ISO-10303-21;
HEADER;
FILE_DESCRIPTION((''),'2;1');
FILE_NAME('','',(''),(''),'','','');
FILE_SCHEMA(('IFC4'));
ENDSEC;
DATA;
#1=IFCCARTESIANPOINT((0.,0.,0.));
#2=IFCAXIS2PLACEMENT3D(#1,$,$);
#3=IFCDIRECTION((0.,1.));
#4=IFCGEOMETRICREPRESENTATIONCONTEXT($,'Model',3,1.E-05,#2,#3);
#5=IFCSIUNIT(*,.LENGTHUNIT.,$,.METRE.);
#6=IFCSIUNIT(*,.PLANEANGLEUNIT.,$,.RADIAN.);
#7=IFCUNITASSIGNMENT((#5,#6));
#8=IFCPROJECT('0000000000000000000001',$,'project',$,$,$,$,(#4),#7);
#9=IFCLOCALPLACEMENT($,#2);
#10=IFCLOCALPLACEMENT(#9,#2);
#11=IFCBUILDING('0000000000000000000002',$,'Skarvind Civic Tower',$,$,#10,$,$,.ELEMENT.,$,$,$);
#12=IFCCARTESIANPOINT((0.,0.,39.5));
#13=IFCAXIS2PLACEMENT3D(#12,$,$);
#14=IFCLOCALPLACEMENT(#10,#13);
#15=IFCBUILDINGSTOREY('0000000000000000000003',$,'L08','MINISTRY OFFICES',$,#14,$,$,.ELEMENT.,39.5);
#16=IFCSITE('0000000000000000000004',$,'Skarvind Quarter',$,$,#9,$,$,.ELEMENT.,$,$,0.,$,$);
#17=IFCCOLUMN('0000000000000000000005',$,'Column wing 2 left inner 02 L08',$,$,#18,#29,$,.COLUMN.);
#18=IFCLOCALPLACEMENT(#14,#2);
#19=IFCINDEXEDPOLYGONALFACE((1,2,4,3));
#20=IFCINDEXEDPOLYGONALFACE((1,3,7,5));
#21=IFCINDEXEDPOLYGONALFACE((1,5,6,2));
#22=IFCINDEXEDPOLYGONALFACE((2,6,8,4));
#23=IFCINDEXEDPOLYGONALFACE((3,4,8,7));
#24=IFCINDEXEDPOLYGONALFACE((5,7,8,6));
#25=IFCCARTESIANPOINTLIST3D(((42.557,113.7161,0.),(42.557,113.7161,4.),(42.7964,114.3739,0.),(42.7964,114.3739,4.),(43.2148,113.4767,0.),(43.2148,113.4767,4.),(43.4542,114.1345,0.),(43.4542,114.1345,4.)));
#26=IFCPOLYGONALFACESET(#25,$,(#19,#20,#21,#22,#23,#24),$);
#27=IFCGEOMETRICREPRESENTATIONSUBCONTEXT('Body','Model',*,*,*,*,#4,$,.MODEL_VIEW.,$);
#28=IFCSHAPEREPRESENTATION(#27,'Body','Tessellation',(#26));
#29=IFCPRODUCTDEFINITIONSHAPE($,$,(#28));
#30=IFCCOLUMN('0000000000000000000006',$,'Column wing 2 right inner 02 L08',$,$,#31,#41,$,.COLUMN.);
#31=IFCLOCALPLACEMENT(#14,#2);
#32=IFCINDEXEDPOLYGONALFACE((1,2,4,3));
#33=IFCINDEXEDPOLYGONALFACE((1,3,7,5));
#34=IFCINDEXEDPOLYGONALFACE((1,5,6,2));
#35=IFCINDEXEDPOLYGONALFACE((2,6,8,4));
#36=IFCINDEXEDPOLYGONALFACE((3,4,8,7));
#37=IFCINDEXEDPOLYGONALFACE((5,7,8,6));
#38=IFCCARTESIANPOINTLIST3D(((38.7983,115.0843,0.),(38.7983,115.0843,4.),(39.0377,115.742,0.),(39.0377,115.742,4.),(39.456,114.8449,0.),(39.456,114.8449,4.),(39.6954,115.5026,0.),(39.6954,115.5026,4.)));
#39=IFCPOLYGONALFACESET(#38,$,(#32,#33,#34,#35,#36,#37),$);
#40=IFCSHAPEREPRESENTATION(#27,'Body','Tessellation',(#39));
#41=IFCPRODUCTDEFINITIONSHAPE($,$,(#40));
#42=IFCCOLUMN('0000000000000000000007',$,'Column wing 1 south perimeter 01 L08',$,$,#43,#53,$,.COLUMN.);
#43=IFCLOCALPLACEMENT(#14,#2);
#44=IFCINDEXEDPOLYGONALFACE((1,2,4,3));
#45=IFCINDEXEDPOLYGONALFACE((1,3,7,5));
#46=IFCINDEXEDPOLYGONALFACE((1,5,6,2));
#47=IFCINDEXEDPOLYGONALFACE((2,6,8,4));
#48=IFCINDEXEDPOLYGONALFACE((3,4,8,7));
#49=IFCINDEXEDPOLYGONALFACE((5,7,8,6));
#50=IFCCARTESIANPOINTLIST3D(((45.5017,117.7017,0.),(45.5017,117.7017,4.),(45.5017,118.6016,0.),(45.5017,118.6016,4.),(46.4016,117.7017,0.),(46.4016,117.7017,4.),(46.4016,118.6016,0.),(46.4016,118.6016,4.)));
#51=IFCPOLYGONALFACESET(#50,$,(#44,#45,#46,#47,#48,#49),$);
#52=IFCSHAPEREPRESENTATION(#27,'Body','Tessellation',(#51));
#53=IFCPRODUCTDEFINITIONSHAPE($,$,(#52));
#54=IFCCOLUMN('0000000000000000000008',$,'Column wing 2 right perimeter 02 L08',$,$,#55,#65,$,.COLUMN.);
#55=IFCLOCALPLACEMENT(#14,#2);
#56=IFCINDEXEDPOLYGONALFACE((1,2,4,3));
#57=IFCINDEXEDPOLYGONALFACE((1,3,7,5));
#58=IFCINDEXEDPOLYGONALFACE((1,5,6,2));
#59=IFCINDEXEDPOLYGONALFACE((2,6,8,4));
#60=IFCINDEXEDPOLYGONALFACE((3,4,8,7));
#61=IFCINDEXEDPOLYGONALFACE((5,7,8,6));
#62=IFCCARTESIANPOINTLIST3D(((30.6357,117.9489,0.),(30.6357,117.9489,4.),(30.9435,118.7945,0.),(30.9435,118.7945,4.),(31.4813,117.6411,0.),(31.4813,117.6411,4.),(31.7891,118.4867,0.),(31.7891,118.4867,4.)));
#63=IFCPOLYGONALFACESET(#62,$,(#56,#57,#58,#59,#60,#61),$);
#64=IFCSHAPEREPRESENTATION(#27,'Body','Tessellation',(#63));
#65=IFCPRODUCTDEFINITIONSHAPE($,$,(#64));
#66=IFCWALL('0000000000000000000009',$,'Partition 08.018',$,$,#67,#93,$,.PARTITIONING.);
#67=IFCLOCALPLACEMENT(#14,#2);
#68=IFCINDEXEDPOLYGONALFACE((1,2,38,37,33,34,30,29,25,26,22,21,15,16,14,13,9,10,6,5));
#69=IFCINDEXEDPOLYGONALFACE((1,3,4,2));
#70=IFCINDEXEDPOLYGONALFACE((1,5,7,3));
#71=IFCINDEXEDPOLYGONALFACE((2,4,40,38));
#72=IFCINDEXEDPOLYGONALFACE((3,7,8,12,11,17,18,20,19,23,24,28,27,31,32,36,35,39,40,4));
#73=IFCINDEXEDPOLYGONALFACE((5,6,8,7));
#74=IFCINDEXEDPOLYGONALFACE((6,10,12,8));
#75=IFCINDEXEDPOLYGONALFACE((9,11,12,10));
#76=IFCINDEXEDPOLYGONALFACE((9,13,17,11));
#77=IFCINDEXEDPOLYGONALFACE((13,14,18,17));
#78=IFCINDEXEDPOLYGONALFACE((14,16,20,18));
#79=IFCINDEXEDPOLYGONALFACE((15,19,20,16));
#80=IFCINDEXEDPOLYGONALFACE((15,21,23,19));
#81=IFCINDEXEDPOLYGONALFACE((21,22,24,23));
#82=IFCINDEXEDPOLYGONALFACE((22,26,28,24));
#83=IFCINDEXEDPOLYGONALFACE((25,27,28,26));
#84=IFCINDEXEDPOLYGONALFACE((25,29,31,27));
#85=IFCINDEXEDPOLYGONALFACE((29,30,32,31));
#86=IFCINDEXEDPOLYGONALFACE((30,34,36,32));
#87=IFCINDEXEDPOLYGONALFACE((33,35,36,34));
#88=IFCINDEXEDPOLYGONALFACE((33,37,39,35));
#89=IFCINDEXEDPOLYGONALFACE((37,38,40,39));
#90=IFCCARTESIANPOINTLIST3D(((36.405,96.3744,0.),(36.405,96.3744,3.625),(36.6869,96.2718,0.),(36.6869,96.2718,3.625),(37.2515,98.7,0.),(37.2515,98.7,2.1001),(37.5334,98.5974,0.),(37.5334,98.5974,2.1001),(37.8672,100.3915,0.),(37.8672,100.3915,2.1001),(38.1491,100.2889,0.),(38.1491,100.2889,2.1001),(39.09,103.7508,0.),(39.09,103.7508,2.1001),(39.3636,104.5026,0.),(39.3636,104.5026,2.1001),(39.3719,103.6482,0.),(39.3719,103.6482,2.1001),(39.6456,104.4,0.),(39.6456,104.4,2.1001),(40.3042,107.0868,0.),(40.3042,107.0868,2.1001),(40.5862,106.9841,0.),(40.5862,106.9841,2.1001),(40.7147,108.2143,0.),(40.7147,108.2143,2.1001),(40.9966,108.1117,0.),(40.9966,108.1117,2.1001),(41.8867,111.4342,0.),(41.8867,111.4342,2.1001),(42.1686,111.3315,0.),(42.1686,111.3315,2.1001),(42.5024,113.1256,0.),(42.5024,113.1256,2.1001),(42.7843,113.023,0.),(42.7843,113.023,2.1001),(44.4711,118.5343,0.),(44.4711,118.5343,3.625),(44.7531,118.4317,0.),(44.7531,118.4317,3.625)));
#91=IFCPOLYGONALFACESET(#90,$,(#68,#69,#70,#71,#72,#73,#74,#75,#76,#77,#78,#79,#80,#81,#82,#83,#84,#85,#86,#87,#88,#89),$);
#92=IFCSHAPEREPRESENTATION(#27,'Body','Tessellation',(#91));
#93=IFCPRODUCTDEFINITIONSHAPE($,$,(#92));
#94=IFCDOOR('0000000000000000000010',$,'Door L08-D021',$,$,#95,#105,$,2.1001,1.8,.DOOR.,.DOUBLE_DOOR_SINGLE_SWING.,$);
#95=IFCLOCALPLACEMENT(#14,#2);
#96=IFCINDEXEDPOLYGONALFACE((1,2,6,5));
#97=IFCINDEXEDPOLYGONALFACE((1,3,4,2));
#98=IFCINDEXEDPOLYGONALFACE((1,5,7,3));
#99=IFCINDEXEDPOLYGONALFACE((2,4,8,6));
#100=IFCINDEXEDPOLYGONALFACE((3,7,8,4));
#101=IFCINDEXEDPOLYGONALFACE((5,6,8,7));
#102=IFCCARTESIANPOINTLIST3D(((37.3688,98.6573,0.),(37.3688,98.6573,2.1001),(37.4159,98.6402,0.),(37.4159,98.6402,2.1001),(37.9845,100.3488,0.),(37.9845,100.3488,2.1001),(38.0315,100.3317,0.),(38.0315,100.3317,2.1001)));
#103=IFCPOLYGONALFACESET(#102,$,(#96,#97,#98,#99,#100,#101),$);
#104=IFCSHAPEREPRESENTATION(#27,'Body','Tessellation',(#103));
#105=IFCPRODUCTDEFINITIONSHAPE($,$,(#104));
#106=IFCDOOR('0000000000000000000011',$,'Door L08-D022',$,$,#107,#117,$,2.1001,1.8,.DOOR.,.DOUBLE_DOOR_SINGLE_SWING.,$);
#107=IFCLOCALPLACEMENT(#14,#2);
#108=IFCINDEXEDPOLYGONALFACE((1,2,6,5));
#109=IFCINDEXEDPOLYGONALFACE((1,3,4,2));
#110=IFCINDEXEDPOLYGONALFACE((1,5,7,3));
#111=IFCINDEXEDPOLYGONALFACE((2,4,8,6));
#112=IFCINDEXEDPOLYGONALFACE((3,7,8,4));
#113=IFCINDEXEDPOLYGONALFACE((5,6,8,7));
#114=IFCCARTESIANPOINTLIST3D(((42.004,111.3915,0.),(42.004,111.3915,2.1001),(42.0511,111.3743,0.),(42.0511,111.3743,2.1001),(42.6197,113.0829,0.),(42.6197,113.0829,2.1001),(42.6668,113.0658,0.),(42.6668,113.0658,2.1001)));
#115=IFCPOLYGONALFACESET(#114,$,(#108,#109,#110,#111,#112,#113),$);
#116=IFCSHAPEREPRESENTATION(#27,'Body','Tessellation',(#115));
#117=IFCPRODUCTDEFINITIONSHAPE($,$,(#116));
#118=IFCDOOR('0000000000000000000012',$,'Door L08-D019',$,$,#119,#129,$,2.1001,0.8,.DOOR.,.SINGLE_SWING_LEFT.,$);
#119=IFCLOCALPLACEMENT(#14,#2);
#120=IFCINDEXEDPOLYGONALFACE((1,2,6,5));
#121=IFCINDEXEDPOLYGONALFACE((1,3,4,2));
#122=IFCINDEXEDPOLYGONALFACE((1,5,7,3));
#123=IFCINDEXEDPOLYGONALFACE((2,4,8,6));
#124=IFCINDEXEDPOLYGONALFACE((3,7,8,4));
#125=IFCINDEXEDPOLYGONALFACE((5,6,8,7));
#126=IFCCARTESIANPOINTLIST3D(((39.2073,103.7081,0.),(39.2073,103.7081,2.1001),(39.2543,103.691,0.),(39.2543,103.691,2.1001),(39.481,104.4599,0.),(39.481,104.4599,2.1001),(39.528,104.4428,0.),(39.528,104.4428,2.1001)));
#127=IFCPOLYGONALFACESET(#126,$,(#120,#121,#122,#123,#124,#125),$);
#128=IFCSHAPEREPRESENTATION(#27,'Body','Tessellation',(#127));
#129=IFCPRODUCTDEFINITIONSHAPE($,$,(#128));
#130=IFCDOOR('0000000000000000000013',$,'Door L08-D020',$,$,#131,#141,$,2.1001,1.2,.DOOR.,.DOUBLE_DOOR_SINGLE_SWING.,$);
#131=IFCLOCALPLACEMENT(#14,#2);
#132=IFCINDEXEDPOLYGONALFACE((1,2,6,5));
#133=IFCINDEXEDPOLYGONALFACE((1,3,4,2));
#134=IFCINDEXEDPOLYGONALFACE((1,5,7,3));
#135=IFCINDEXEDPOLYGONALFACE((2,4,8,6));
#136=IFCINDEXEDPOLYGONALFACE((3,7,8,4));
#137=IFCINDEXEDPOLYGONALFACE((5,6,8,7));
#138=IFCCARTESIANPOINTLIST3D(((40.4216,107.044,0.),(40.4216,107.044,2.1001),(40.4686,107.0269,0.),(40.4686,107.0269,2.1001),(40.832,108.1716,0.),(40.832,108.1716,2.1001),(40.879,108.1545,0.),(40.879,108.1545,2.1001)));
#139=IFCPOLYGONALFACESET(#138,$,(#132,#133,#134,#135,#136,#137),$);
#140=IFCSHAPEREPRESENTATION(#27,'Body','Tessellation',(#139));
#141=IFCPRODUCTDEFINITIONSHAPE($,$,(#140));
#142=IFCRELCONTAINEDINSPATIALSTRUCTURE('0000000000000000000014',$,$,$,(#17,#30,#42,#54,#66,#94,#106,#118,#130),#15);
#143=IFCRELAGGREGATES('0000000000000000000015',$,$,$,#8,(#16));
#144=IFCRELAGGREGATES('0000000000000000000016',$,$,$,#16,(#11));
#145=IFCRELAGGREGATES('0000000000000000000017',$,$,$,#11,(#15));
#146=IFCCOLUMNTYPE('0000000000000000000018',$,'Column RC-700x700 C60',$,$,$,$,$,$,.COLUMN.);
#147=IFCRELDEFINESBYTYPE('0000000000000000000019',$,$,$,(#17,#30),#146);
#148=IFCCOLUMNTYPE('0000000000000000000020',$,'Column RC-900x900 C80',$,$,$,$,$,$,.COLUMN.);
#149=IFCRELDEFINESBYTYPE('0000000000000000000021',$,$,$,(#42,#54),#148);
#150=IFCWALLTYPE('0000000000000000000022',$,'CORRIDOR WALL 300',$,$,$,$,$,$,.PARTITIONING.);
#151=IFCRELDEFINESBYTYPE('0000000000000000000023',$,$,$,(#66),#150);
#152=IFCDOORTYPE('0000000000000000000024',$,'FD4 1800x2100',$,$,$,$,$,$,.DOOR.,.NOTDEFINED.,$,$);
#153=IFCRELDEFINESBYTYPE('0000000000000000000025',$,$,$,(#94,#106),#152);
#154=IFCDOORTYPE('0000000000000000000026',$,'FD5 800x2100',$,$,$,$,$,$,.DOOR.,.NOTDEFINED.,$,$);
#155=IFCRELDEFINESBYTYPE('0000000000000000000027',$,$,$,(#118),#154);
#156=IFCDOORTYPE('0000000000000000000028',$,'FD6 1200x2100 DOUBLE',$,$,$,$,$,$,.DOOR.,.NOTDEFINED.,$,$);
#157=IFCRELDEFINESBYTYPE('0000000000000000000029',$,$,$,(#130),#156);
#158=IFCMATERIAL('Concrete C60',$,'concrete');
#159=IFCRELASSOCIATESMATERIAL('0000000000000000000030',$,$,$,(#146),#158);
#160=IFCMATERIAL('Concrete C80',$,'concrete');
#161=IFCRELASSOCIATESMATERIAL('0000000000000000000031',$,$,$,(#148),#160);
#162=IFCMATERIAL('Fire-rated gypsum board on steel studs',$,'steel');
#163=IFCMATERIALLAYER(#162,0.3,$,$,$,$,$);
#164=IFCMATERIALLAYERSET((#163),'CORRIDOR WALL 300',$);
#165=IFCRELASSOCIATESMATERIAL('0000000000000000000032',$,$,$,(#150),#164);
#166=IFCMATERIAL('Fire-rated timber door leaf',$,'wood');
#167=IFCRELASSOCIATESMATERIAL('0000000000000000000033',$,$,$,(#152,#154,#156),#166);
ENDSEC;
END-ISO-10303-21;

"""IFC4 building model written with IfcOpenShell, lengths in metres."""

from ifc_helpers import new_model, si_unit, direction, frame, frame_2d, origin, origin_2d, place, context, subcontext, project, spatial, rectangle, extrude, material, layer, layer_set, material_profile, profile_set, type_object, element, fill, save


model = new_model("IFC4")

# Units and contexts
model_context = context("Model", 3, precision=1e-05, world=origin(), true_north=direction((0.0, 1.0)))
body_context = subcontext(model_context, "Body", "Model", "MODEL_VIEW")
ifc_project = project(units=[si_unit("LENGTHUNIT", "METRE"), si_unit("PLANEANGLEUNIT", "RADIAN")], contexts=[model_context])

# Site, building, storey
site_placement = place(None, origin())
site = spatial("IfcSite", under=ifc_project, at=site_placement, Name="Skarvind Quarter", CompositionType="ELEMENT", RefElevation=0.0)
building_placement = place(site_placement, origin())
building = spatial("IfcBuilding", under=site, at=building_placement, Name="Skarvind Civic Tower", CompositionType="ELEMENT")
storey_placement = place(building_placement, frame((0.0, 0.0, 39.5)))
storey = spatial("IfcBuildingStorey", under=building, at=storey_placement, Name="L08", Description="MINISTRY OFFICES", CompositionType="ELEMENT", Elevation=39.5)

# Columns
ifc_material_1 = material(Name="Concrete C60", Category="concrete")
ifc_material_profile_1 = material_profile(ifc_material_1, rectangle(XDim=0.7, YDim=0.7, at=origin_2d()), Name="RC-700x700")
ifc_profile_set_1 = profile_set([ifc_material_profile_1], Name="Concrete C60")
column_type_1 = type_object("IfcColumnType", Name="Column RC-700x700 C60", PredefinedType="COLUMN", material=ifc_profile_set_1)
for number, where, z_axis, x_axis, name in (
    (1, (43.0056, 113.9253, 0.0), (0.0, 0.0, 1.0), (-0.34202, -0.939693, 0.0), "Column wing 2 left inner 02 L08"),
    (2, (39.2468, 115.2935, 0.0), (0.0, 0.0, 1.0), (-0.34202, -0.939693, 0.0), "Column wing 2 right inner 02 L08"),
):
    element("IfcColumn", number, at=place(storey_placement, frame(where, z_axis=z_axis, x_axis=x_axis)), inside=storey, type_object=column_type_1, Name=name, PredefinedType="COLUMN", context=body_context, shape_type="SweptSolid", body=[
        extrude(rectangle(XDim=0.7, YDim=0.7, at=origin_2d()), origin(), (0.0, 0.0, 1.0), 4.0),
    ])
ifc_material_2 = material(Name="Concrete C80", Category="concrete")
ifc_material_profile_2 = material_profile(ifc_material_2, rectangle(XDim=0.8999, YDim=0.8999, at=origin_2d()), Name="RC-900x900")
ifc_profile_set_2 = profile_set([ifc_material_profile_2], Name="Concrete C80")
column_type_2 = type_object("IfcColumnType", Name="Column RC-900x900 C80", PredefinedType="COLUMN", material=ifc_profile_set_2)
for number, where, z_axis, x_axis, name in (
    (3, (45.9517, 118.1516, 0.0), (0.0, 0.0, 1.0), (1.0, 0.0, 0.0), "Column wing 1 south perimeter 01 L08"),
    (4, (31.2124, 118.2178, 0.0), (0.0, 0.0, 1.0), (-0.34202, -0.939693, 0.0), "Column wing 2 right perimeter 02 L08"),
):
    element("IfcColumn", number, at=place(storey_placement, frame(where, z_axis=z_axis, x_axis=x_axis)), inside=storey, type_object=column_type_2, Name=name, PredefinedType="COLUMN", context=body_context, shape_type="SweptSolid", body=[
        extrude(rectangle(XDim=0.8999, YDim=0.8999, at=origin_2d()), origin(), (0.0, 0.0, 1.0), 4.0),
    ])

# Wall, openings, doors
ifc_material_3 = material(Name="Fire-rated gypsum board on steel studs", Category="steel")
ifc_layer_1 = layer(ifc_material_3, 0.3)
ifc_layer_set_1 = layer_set([ifc_layer_1], Name="CORRIDOR WALL 300")
wall_type_1 = type_object("IfcWallType", Name="CORRIDOR WALL 300", PredefinedType="PARTITIONING", material=ifc_layer_set_1)
wall_1_placement = place(storey_placement, frame((44.6121, 118.4829, 0.0), z_axis=(0.0, 0.0, 1.0), x_axis=(-0.342043, -0.939684, 0.0)))
wall_1 = element("IfcWall", 5, at=wall_1_placement, inside=storey, type_object=wall_type_1, Name="Partition 08.018", PredefinedType="PARTITIONING", context=body_context, shape_type="SweptSolid", body=[
    extrude(rectangle(XDim=23.5823, YDim=0.3, at=frame_2d((11.791, 0.0))), origin(), (0.0, 0.0, 1.0), 3.625),
])
opening_1_placement = place(wall_1_placement, frame((14.9324, 0.0, 0.0)))
opening_1 = element("IfcOpeningElement", 6, at=opening_1_placement, cuts=wall_1, PredefinedType="OPENING", context=body_context, shape_type="SweptSolid", body=[
    extrude(rectangle(XDim=0.8, YDim=2.1001, at=frame_2d((0.3999, 1.05))), frame((0.0, 0.1599, 0.0), z_axis=(0.0, -1.0, 0.0), x_axis=(1.0, 0.0, 0.0)), (0.0, 0.0, 1.0), 0.3201),
])
opening_2_placement = place(wall_1_placement, frame((10.9822, 0.0, 0.0)))
opening_2 = element("IfcOpeningElement", 7, at=opening_2_placement, cuts=wall_1, PredefinedType="OPENING", context=body_context, shape_type="SweptSolid", body=[
    extrude(rectangle(XDim=1.2, YDim=2.1001, at=frame_2d((0.6001, 1.05))), frame((0.0, 0.1599, 0.0), z_axis=(0.0, -1.0, 0.0), x_axis=(1.0, 0.0, 0.0)), (0.0, 0.0, 1.0), 0.3201),
])
opening_3_placement = place(wall_1_placement, frame((19.3074, 0.0, 0.0)))
opening_3 = element("IfcOpeningElement", 8, at=opening_3_placement, cuts=wall_1, PredefinedType="OPENING", context=body_context, shape_type="SweptSolid", body=[
    extrude(rectangle(XDim=1.8, YDim=2.1001, at=frame_2d((0.8999, 1.05))), frame((0.0, 0.1599, 0.0), z_axis=(0.0, -1.0, 0.0), x_axis=(1.0, 0.0, 0.0)), (0.0, 0.0, 1.0), 0.3201),
])
opening_4_placement = place(wall_1_placement, frame((5.7559, 0.0, 0.0)))
opening_4 = element("IfcOpeningElement", 9, at=opening_4_placement, cuts=wall_1, PredefinedType="OPENING", context=body_context, shape_type="SweptSolid", body=[
    extrude(rectangle(XDim=1.8, YDim=2.1001, at=frame_2d((0.8999, 1.05))), frame((0.0, 0.1599, 0.0), z_axis=(0.0, -1.0, 0.0), x_axis=(1.0, 0.0, 0.0)), (0.0, 0.0, 1.0), 0.3201),
])
ifc_material_4 = material(Name="Fire-rated timber door leaf", Category="wood")
door_type_1 = type_object("IfcDoorType", Name="FD4 1800x2100", OperationType="NOTDEFINED", PredefinedType="DOOR", material=ifc_material_4)
door_1_placement = place(opening_3_placement, origin())
door_1 = element("IfcDoor", 10, at=door_1_placement, inside=storey, type_object=door_type_1, Name="Door L08-D021", OperationType="DOUBLE_DOOR_SINGLE_SWING", OverallHeight=2.1001, OverallWidth=1.8, PredefinedType="DOOR", context=body_context, shape_type="SweptSolid", body=[
    extrude(rectangle(XDim=1.8, YDim=2.1001, at=frame_2d((0.8999, 1.05))), frame((0.0, 0.0249, 0.0), z_axis=(0.0, -1.0, 0.0), x_axis=(1.0, 0.0, 0.0)), (0.0, 0.0, 1.0), 0.05),
])
fill(opening_3, door_1)
door_2_placement = place(opening_4_placement, origin())
door_2 = element("IfcDoor", 11, at=door_2_placement, inside=storey, type_object=door_type_1, Name="Door L08-D022", OperationType="DOUBLE_DOOR_SINGLE_SWING", OverallHeight=2.1001, OverallWidth=1.8, PredefinedType="DOOR", context=body_context, shape_type="SweptSolid", body=[
    extrude(rectangle(XDim=1.8, YDim=2.1001, at=frame_2d((0.8999, 1.05))), frame((0.0, 0.0249, 0.0), z_axis=(0.0, -1.0, 0.0), x_axis=(1.0, 0.0, 0.0)), (0.0, 0.0, 1.0), 0.05),
])
fill(opening_4, door_2)
door_type_2 = type_object("IfcDoorType", Name="FD5 800x2100", OperationType="NOTDEFINED", PredefinedType="DOOR", material=ifc_material_4)
door_3_placement = place(opening_1_placement, origin())
door_3 = element("IfcDoor", 12, at=door_3_placement, inside=storey, type_object=door_type_2, Name="Door L08-D019", OperationType="SINGLE_SWING_LEFT", OverallHeight=2.1001, OverallWidth=0.8, PredefinedType="DOOR", context=body_context, shape_type="SweptSolid", body=[
    extrude(rectangle(XDim=0.8, YDim=2.1001, at=frame_2d((0.3999, 1.05))), frame((0.0, 0.0249, 0.0), z_axis=(0.0, -1.0, 0.0), x_axis=(1.0, 0.0, 0.0)), (0.0, 0.0, 1.0), 0.05),
])
fill(opening_1, door_3)
door_type_3 = type_object("IfcDoorType", Name="FD6 1200x2100 DOUBLE", OperationType="NOTDEFINED", PredefinedType="DOOR", material=ifc_material_4)
door_4_placement = place(opening_2_placement, origin())
door_4 = element("IfcDoor", 13, at=door_4_placement, inside=storey, type_object=door_type_3, Name="Door L08-D020", OperationType="DOUBLE_DOOR_SINGLE_SWING", OverallHeight=2.1001, OverallWidth=1.2, PredefinedType="DOOR", context=body_context, shape_type="SweptSolid", body=[
    extrude(rectangle(XDim=1.2, YDim=2.1001, at=frame_2d((0.6001, 1.05))), frame((0.0, 0.0249, 0.0), z_axis=(0.0, -1.0, 0.0), x_axis=(1.0, 0.0, 0.0)), (0.0, 0.0, 1.0), 0.05),
])
fill(opening_2, door_4)

save(model, "model.ifc")
